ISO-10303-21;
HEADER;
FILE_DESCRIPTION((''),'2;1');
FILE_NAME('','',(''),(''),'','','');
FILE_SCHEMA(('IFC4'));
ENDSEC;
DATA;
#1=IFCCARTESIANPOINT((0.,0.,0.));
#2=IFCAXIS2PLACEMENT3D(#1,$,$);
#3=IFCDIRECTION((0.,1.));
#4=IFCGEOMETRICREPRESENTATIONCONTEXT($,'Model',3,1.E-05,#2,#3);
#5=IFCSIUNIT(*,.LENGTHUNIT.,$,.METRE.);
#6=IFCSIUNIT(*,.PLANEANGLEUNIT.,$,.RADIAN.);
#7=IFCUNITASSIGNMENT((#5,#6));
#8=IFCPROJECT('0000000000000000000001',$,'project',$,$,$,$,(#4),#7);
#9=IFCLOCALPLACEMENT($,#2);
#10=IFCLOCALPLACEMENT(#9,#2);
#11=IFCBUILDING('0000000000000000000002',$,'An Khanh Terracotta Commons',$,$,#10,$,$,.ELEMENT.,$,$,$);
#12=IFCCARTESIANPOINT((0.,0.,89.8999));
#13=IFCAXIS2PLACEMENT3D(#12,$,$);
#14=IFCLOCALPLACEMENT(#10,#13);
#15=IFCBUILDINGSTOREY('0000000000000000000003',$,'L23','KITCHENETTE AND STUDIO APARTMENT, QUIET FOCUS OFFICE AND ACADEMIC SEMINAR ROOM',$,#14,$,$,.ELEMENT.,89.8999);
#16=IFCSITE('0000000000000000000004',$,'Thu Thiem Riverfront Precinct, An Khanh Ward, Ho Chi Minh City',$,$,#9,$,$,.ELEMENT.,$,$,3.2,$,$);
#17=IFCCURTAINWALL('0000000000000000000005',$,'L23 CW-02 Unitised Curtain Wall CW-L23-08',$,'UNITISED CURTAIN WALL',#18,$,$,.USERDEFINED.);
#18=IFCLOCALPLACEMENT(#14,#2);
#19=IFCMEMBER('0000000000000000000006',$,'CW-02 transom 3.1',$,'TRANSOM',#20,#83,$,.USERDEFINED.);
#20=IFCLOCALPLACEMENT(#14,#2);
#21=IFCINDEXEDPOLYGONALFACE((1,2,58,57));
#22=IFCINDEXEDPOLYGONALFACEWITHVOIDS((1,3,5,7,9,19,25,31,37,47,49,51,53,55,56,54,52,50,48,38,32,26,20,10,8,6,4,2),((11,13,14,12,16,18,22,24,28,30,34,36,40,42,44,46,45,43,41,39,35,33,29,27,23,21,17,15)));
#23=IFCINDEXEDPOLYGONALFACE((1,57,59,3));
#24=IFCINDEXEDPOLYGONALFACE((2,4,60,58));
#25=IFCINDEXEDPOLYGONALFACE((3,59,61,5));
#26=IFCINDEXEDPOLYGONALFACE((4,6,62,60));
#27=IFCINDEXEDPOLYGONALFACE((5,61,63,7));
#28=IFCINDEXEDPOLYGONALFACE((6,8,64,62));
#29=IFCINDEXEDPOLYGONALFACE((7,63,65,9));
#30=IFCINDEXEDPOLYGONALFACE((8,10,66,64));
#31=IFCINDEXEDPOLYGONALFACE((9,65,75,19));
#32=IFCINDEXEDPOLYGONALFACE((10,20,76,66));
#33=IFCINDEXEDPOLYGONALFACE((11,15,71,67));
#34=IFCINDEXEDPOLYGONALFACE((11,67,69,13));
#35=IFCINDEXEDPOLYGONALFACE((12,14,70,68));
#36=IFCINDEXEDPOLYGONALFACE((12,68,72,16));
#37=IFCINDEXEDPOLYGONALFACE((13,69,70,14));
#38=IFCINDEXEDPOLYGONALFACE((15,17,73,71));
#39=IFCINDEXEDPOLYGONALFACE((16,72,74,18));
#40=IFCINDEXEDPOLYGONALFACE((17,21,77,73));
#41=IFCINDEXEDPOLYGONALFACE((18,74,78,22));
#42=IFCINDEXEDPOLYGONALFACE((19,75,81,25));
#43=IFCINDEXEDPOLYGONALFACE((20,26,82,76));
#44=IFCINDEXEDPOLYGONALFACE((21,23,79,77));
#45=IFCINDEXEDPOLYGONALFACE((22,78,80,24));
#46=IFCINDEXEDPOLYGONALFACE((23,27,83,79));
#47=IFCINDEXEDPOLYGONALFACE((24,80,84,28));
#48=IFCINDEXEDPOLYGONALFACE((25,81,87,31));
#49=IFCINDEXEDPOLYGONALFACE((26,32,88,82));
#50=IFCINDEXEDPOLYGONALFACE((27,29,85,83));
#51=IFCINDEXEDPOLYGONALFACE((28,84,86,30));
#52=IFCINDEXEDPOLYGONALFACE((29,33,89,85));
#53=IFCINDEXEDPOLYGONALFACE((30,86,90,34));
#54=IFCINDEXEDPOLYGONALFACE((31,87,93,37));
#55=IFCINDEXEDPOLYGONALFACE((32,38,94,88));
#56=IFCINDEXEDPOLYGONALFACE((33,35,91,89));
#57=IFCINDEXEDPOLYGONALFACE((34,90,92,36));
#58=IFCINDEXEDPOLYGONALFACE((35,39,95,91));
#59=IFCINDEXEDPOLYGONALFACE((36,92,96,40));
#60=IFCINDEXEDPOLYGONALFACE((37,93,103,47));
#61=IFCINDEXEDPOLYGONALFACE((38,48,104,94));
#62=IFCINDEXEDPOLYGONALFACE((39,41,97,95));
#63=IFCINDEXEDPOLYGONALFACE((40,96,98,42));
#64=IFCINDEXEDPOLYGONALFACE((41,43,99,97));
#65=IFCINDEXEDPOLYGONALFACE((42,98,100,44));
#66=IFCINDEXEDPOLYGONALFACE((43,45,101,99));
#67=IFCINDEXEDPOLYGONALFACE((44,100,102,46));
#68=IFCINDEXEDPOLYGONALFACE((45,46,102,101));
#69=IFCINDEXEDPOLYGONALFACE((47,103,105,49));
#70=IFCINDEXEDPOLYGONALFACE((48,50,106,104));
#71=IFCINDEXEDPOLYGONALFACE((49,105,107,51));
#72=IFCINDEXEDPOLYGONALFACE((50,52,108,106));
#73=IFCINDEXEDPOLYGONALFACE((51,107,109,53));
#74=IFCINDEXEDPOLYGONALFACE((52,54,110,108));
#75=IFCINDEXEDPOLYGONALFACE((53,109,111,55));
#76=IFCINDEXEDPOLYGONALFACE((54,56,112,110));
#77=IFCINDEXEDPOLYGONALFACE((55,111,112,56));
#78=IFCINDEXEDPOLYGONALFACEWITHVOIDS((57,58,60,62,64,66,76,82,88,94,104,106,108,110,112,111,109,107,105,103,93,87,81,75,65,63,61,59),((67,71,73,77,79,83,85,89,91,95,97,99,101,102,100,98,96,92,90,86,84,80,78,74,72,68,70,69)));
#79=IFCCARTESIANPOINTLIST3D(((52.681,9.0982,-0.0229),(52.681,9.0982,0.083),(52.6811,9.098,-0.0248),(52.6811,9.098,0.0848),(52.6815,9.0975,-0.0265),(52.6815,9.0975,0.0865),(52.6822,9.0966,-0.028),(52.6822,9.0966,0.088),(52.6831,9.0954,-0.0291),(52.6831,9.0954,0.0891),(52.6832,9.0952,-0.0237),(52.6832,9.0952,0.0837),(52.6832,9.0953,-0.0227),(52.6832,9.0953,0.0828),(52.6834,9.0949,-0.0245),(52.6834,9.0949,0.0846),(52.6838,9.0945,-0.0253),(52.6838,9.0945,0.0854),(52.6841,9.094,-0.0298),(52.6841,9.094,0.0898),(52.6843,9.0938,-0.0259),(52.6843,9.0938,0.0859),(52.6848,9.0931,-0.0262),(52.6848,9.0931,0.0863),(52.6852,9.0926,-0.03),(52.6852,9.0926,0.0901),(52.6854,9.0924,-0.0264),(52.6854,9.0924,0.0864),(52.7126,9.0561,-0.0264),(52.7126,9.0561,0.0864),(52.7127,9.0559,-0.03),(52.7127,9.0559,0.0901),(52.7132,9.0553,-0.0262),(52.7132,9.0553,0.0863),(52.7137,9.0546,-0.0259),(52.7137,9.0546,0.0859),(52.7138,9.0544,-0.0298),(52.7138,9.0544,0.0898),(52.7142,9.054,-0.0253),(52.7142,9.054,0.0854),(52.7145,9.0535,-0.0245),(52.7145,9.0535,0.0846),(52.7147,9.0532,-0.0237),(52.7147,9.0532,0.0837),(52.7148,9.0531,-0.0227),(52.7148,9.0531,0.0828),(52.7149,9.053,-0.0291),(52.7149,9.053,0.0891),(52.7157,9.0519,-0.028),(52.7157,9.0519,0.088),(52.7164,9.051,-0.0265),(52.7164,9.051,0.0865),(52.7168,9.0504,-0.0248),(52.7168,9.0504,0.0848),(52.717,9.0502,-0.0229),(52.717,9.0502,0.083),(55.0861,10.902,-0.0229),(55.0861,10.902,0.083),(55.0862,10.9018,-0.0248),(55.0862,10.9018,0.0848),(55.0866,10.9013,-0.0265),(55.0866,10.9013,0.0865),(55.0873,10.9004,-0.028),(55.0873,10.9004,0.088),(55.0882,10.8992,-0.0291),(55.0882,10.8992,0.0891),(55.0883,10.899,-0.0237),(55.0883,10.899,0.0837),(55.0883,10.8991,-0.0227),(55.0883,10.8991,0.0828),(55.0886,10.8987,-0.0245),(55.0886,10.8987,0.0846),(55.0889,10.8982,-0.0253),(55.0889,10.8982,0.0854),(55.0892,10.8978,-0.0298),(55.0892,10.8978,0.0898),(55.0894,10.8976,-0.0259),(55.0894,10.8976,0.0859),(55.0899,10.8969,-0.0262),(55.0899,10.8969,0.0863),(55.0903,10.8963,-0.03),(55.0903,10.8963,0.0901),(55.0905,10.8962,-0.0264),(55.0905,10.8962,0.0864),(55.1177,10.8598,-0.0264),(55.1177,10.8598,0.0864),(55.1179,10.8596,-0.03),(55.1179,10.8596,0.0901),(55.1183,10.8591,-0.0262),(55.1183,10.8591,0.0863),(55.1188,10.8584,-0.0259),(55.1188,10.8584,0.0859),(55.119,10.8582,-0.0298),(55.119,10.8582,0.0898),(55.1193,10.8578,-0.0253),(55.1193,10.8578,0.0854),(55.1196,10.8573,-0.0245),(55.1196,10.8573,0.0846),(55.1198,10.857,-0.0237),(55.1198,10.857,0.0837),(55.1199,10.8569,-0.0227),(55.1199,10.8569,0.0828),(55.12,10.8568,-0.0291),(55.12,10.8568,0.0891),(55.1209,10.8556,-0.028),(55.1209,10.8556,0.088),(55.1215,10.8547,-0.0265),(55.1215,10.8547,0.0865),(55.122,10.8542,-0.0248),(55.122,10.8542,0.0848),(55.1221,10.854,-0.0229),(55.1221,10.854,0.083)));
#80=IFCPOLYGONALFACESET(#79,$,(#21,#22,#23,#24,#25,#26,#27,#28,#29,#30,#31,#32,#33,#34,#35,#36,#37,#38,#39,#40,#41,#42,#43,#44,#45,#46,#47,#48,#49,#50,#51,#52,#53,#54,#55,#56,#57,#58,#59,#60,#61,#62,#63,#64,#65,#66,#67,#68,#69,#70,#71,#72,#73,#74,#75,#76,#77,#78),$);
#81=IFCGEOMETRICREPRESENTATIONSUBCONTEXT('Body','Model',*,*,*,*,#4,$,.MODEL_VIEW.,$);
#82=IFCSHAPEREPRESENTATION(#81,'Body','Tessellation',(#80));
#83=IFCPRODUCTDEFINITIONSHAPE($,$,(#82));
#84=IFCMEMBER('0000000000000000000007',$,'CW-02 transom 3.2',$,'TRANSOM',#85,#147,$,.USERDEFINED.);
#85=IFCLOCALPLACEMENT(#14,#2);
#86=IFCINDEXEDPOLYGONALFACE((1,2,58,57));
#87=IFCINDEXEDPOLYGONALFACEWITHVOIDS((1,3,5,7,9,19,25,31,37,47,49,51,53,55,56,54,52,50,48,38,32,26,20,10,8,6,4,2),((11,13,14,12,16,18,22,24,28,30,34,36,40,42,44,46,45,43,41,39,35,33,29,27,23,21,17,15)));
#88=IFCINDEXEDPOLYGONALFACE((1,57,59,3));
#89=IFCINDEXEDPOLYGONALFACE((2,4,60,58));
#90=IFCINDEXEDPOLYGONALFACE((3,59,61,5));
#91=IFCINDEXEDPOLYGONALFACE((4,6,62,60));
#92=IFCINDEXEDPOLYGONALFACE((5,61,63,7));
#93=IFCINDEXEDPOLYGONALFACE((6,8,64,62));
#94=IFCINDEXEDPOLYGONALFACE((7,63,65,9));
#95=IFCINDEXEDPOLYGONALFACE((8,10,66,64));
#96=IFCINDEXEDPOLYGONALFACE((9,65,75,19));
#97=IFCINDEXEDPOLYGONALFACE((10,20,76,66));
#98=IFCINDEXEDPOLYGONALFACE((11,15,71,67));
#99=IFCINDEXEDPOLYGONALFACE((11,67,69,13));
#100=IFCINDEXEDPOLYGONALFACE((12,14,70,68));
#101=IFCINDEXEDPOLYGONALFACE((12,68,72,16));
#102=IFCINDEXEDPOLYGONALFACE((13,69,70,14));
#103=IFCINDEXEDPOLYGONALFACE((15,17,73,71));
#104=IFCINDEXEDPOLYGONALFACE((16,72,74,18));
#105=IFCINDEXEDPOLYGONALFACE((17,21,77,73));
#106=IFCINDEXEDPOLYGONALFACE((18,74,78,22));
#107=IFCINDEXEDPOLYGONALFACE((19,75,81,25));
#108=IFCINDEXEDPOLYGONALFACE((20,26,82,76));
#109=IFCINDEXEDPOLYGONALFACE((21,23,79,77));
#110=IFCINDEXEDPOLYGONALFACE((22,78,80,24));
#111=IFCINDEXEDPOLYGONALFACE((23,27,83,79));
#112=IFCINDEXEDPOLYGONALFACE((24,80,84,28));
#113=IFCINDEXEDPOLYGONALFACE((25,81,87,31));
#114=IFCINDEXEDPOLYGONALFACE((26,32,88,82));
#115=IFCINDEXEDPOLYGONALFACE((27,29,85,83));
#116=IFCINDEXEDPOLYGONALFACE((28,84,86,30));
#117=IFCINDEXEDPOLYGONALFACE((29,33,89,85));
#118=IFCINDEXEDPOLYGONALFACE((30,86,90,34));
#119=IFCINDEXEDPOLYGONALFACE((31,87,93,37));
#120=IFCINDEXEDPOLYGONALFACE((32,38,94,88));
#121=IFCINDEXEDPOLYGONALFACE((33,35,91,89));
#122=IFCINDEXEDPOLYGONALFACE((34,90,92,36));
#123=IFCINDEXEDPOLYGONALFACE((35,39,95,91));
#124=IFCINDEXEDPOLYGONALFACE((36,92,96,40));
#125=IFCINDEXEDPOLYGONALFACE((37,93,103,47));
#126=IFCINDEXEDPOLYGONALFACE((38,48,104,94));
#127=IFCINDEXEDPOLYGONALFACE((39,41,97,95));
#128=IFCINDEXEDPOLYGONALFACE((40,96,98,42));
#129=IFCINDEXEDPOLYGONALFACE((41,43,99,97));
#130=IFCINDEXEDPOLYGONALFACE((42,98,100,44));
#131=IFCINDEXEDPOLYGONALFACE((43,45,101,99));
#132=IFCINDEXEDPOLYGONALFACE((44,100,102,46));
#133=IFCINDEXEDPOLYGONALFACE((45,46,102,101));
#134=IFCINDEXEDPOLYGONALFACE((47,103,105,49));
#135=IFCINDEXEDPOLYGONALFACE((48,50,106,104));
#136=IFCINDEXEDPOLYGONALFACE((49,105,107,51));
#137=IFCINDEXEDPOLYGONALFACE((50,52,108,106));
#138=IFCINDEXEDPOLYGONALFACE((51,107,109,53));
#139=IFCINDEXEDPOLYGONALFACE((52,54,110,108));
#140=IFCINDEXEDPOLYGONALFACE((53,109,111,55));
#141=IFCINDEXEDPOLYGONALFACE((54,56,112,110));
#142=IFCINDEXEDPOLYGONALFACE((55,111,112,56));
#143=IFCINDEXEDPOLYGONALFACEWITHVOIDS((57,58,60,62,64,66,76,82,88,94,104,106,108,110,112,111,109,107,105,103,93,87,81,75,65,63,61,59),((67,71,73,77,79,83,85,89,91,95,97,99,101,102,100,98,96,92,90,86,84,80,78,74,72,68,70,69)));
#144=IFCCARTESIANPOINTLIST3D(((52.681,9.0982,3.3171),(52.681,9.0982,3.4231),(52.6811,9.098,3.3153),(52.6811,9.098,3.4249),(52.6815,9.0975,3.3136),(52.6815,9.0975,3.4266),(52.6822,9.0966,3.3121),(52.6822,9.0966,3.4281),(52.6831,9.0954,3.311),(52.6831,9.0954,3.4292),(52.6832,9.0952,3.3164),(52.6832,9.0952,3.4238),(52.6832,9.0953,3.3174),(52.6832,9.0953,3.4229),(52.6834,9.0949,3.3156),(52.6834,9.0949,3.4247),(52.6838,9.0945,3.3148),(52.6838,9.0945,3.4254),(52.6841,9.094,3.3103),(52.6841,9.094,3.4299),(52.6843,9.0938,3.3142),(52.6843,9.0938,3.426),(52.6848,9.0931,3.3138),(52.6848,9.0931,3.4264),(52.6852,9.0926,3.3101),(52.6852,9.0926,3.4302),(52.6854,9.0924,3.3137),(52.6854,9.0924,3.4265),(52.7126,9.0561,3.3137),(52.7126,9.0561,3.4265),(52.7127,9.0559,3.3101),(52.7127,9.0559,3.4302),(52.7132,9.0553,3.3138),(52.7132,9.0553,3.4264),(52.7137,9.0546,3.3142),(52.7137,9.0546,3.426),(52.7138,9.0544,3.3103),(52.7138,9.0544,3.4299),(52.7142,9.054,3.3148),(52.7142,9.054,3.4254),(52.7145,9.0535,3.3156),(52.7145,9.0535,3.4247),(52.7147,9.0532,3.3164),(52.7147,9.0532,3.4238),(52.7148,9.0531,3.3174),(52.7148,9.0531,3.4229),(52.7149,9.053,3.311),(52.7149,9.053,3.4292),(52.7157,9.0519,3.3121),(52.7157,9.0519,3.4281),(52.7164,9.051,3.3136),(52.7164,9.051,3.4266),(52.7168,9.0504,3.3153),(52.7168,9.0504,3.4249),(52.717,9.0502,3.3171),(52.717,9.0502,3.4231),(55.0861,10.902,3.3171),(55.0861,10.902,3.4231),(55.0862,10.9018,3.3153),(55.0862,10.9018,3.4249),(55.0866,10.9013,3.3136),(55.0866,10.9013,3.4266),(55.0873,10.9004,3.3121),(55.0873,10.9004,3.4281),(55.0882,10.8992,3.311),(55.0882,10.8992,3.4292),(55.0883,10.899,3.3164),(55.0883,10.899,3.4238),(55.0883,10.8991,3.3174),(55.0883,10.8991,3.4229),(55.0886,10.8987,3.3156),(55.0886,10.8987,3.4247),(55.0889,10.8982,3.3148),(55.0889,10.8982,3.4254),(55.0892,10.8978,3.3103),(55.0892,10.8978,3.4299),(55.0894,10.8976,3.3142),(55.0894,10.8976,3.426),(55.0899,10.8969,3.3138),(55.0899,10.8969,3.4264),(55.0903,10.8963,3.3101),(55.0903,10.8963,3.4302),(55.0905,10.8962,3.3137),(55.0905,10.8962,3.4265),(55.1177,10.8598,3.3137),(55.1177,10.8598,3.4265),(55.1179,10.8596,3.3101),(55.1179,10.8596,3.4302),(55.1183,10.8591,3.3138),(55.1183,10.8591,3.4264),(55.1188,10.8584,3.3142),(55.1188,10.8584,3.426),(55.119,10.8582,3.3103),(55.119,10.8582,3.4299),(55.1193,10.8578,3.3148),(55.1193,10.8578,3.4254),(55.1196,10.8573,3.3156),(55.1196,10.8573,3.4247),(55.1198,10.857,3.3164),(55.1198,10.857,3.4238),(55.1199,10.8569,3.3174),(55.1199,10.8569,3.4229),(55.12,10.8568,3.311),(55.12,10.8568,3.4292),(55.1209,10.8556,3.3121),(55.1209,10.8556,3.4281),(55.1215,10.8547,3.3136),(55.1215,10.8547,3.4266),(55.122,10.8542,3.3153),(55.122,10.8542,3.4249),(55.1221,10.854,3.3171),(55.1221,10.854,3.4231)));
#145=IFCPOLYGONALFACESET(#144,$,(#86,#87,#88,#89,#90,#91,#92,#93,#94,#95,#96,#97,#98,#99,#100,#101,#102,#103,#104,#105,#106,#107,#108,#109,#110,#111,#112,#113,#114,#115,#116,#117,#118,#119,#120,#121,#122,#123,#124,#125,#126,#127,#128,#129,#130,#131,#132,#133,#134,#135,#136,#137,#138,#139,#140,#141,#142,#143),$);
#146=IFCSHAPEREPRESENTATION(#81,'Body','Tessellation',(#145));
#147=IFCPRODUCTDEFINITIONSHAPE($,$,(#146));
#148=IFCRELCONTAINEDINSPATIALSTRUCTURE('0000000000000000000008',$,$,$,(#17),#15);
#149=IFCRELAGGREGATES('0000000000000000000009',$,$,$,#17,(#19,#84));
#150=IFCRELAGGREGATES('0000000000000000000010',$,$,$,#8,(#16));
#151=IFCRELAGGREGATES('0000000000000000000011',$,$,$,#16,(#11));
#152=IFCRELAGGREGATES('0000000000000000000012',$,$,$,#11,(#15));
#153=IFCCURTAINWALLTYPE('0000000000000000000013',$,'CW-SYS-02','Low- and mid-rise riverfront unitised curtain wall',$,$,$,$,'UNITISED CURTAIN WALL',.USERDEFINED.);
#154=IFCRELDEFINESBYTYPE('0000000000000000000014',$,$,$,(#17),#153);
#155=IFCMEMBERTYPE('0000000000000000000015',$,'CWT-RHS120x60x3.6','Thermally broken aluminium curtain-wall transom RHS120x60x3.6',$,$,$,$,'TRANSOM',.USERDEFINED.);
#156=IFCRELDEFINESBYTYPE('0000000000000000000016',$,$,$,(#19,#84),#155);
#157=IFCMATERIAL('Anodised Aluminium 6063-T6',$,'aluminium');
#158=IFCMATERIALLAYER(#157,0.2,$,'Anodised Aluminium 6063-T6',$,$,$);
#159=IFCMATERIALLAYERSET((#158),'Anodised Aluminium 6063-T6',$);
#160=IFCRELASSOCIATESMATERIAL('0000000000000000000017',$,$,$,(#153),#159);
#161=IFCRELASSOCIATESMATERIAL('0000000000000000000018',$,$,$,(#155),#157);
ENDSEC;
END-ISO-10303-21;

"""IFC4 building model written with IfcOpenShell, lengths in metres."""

from ifc_helpers import new_model, si_unit, direction, frame, origin, origin_2d, place, context, subcontext, project, spatial, hollow_rectangle, extrude, material, layer, layer_set, material_profile, profile_set, type_object, element, aggregate, save


model = new_model("IFC4")

# Units and contexts
model_context = context("Model", 3, precision=1e-05, world=origin(), true_north=direction((0.0, 1.0)))
body_context = subcontext(model_context, "Body", "Model", "MODEL_VIEW")
ifc_project = project(units=[si_unit("LENGTHUNIT", "METRE"), si_unit("PLANEANGLEUNIT", "RADIAN")], contexts=[model_context])

# Site, building, storey
site_placement = place(None, origin())
site = spatial("IfcSite", under=ifc_project, at=site_placement, Name="Thu Thiem Riverfront Precinct, An Khanh Ward, Ho Chi Minh City", CompositionType="ELEMENT", RefElevation=3.2)
building_placement = place(site_placement, origin())
building = spatial("IfcBuilding", under=site, at=building_placement, Name="An Khanh Terracotta Commons", CompositionType="ELEMENT")
storey_placement = place(building_placement, frame((0.0, 0.0, 89.8999)))
storey = spatial("IfcBuildingStorey", under=building, at=storey_placement, Name="L23", Description="KITCHENETTE AND STUDIO APARTMENT, QUIET FOCUS OFFICE AND ACADEMIC SEMINAR ROOM", CompositionType="ELEMENT", Elevation=89.8999)

# Curtain wall
ifc_material_1 = material(Name="Anodised Aluminium 6063-T6", Category="aluminium")
ifc_layer_1 = layer(ifc_material_1, 0.2, Name="Anodised Aluminium 6063-T6")
ifc_layer_set_1 = layer_set([ifc_layer_1], Name="Anodised Aluminium 6063-T6")
curtain_wall_type = type_object("IfcCurtainWallType", Name="CW-SYS-02", Description="Low- and mid-rise riverfront unitised curtain wall", ElementType="UNITISED CURTAIN WALL", PredefinedType="USERDEFINED", material=ifc_layer_set_1)
curtain_wall_1_placement = place(storey_placement, origin())
curtain_wall_1 = element("IfcCurtainWall", 1, at=curtain_wall_1_placement, inside=storey, type_object=curtain_wall_type, Name="L23 CW-02 Unitised Curtain Wall CW-L23-08", ObjectType="UNITISED CURTAIN WALL", PredefinedType="USERDEFINED")

# Members
ifc_material_profile_1 = material_profile(ifc_material_1, hollow_rectangle(XDim=0.0601, YDim=0.1201, WallThickness=0.0037, InnerFilletRadius=0.0037, OuterFilletRadius=0.0071, at=origin_2d()), Name="RHS120x60x3.6")
ifc_profile_set_1 = profile_set([ifc_material_profile_1], Name="Anodised Aluminium 6063-T6")
member_type_1 = type_object("IfcMemberType", Name="CWT-RHS120x60x3.6", Description="Thermally broken aluminium curtain-wall transom RHS120x60x3.6", ElementType="TRANSOM", PredefinedType="USERDEFINED", material=ifc_profile_set_1)
member_1_placement = place(storey_placement, frame((52.699, 9.0742, 0.03), z_axis=(0.80001, 0.599987, 0.0), x_axis=(-0.599987, 0.80001, 0.0)))
member_1 = element("IfcMember", 2, at=member_1_placement, type_object=member_type_1, Name="CW-02 transom 3.1", ObjectType="TRANSOM", PredefinedType="USERDEFINED", context=body_context, shape_type="SweptSolid", body=[
    extrude(hollow_rectangle(XDim=0.0601, YDim=0.1201, WallThickness=0.0037, InnerFilletRadius=0.0037, OuterFilletRadius=0.0071, at=origin_2d()), origin(), (0.0, 0.0, 1.0), 3.0063),
])
member_2_placement = place(storey_placement, frame((52.699, 9.0742, 3.3701), z_axis=(0.80001, 0.599987, 0.0), x_axis=(-0.599987, 0.80001, 0.0)))
member_2 = element("IfcMember", 3, at=member_2_placement, type_object=member_type_1, Name="CW-02 transom 3.2", ObjectType="TRANSOM", PredefinedType="USERDEFINED", context=body_context, shape_type="SweptSolid", body=[
    extrude(hollow_rectangle(XDim=0.0601, YDim=0.1201, WallThickness=0.0037, InnerFilletRadius=0.0037, OuterFilletRadius=0.0071, at=origin_2d()), origin(), (0.0, 0.0, 1.0), 3.0063),
])

aggregate(curtain_wall_1, [member_1, member_2])

save(model, "model.ifc")
